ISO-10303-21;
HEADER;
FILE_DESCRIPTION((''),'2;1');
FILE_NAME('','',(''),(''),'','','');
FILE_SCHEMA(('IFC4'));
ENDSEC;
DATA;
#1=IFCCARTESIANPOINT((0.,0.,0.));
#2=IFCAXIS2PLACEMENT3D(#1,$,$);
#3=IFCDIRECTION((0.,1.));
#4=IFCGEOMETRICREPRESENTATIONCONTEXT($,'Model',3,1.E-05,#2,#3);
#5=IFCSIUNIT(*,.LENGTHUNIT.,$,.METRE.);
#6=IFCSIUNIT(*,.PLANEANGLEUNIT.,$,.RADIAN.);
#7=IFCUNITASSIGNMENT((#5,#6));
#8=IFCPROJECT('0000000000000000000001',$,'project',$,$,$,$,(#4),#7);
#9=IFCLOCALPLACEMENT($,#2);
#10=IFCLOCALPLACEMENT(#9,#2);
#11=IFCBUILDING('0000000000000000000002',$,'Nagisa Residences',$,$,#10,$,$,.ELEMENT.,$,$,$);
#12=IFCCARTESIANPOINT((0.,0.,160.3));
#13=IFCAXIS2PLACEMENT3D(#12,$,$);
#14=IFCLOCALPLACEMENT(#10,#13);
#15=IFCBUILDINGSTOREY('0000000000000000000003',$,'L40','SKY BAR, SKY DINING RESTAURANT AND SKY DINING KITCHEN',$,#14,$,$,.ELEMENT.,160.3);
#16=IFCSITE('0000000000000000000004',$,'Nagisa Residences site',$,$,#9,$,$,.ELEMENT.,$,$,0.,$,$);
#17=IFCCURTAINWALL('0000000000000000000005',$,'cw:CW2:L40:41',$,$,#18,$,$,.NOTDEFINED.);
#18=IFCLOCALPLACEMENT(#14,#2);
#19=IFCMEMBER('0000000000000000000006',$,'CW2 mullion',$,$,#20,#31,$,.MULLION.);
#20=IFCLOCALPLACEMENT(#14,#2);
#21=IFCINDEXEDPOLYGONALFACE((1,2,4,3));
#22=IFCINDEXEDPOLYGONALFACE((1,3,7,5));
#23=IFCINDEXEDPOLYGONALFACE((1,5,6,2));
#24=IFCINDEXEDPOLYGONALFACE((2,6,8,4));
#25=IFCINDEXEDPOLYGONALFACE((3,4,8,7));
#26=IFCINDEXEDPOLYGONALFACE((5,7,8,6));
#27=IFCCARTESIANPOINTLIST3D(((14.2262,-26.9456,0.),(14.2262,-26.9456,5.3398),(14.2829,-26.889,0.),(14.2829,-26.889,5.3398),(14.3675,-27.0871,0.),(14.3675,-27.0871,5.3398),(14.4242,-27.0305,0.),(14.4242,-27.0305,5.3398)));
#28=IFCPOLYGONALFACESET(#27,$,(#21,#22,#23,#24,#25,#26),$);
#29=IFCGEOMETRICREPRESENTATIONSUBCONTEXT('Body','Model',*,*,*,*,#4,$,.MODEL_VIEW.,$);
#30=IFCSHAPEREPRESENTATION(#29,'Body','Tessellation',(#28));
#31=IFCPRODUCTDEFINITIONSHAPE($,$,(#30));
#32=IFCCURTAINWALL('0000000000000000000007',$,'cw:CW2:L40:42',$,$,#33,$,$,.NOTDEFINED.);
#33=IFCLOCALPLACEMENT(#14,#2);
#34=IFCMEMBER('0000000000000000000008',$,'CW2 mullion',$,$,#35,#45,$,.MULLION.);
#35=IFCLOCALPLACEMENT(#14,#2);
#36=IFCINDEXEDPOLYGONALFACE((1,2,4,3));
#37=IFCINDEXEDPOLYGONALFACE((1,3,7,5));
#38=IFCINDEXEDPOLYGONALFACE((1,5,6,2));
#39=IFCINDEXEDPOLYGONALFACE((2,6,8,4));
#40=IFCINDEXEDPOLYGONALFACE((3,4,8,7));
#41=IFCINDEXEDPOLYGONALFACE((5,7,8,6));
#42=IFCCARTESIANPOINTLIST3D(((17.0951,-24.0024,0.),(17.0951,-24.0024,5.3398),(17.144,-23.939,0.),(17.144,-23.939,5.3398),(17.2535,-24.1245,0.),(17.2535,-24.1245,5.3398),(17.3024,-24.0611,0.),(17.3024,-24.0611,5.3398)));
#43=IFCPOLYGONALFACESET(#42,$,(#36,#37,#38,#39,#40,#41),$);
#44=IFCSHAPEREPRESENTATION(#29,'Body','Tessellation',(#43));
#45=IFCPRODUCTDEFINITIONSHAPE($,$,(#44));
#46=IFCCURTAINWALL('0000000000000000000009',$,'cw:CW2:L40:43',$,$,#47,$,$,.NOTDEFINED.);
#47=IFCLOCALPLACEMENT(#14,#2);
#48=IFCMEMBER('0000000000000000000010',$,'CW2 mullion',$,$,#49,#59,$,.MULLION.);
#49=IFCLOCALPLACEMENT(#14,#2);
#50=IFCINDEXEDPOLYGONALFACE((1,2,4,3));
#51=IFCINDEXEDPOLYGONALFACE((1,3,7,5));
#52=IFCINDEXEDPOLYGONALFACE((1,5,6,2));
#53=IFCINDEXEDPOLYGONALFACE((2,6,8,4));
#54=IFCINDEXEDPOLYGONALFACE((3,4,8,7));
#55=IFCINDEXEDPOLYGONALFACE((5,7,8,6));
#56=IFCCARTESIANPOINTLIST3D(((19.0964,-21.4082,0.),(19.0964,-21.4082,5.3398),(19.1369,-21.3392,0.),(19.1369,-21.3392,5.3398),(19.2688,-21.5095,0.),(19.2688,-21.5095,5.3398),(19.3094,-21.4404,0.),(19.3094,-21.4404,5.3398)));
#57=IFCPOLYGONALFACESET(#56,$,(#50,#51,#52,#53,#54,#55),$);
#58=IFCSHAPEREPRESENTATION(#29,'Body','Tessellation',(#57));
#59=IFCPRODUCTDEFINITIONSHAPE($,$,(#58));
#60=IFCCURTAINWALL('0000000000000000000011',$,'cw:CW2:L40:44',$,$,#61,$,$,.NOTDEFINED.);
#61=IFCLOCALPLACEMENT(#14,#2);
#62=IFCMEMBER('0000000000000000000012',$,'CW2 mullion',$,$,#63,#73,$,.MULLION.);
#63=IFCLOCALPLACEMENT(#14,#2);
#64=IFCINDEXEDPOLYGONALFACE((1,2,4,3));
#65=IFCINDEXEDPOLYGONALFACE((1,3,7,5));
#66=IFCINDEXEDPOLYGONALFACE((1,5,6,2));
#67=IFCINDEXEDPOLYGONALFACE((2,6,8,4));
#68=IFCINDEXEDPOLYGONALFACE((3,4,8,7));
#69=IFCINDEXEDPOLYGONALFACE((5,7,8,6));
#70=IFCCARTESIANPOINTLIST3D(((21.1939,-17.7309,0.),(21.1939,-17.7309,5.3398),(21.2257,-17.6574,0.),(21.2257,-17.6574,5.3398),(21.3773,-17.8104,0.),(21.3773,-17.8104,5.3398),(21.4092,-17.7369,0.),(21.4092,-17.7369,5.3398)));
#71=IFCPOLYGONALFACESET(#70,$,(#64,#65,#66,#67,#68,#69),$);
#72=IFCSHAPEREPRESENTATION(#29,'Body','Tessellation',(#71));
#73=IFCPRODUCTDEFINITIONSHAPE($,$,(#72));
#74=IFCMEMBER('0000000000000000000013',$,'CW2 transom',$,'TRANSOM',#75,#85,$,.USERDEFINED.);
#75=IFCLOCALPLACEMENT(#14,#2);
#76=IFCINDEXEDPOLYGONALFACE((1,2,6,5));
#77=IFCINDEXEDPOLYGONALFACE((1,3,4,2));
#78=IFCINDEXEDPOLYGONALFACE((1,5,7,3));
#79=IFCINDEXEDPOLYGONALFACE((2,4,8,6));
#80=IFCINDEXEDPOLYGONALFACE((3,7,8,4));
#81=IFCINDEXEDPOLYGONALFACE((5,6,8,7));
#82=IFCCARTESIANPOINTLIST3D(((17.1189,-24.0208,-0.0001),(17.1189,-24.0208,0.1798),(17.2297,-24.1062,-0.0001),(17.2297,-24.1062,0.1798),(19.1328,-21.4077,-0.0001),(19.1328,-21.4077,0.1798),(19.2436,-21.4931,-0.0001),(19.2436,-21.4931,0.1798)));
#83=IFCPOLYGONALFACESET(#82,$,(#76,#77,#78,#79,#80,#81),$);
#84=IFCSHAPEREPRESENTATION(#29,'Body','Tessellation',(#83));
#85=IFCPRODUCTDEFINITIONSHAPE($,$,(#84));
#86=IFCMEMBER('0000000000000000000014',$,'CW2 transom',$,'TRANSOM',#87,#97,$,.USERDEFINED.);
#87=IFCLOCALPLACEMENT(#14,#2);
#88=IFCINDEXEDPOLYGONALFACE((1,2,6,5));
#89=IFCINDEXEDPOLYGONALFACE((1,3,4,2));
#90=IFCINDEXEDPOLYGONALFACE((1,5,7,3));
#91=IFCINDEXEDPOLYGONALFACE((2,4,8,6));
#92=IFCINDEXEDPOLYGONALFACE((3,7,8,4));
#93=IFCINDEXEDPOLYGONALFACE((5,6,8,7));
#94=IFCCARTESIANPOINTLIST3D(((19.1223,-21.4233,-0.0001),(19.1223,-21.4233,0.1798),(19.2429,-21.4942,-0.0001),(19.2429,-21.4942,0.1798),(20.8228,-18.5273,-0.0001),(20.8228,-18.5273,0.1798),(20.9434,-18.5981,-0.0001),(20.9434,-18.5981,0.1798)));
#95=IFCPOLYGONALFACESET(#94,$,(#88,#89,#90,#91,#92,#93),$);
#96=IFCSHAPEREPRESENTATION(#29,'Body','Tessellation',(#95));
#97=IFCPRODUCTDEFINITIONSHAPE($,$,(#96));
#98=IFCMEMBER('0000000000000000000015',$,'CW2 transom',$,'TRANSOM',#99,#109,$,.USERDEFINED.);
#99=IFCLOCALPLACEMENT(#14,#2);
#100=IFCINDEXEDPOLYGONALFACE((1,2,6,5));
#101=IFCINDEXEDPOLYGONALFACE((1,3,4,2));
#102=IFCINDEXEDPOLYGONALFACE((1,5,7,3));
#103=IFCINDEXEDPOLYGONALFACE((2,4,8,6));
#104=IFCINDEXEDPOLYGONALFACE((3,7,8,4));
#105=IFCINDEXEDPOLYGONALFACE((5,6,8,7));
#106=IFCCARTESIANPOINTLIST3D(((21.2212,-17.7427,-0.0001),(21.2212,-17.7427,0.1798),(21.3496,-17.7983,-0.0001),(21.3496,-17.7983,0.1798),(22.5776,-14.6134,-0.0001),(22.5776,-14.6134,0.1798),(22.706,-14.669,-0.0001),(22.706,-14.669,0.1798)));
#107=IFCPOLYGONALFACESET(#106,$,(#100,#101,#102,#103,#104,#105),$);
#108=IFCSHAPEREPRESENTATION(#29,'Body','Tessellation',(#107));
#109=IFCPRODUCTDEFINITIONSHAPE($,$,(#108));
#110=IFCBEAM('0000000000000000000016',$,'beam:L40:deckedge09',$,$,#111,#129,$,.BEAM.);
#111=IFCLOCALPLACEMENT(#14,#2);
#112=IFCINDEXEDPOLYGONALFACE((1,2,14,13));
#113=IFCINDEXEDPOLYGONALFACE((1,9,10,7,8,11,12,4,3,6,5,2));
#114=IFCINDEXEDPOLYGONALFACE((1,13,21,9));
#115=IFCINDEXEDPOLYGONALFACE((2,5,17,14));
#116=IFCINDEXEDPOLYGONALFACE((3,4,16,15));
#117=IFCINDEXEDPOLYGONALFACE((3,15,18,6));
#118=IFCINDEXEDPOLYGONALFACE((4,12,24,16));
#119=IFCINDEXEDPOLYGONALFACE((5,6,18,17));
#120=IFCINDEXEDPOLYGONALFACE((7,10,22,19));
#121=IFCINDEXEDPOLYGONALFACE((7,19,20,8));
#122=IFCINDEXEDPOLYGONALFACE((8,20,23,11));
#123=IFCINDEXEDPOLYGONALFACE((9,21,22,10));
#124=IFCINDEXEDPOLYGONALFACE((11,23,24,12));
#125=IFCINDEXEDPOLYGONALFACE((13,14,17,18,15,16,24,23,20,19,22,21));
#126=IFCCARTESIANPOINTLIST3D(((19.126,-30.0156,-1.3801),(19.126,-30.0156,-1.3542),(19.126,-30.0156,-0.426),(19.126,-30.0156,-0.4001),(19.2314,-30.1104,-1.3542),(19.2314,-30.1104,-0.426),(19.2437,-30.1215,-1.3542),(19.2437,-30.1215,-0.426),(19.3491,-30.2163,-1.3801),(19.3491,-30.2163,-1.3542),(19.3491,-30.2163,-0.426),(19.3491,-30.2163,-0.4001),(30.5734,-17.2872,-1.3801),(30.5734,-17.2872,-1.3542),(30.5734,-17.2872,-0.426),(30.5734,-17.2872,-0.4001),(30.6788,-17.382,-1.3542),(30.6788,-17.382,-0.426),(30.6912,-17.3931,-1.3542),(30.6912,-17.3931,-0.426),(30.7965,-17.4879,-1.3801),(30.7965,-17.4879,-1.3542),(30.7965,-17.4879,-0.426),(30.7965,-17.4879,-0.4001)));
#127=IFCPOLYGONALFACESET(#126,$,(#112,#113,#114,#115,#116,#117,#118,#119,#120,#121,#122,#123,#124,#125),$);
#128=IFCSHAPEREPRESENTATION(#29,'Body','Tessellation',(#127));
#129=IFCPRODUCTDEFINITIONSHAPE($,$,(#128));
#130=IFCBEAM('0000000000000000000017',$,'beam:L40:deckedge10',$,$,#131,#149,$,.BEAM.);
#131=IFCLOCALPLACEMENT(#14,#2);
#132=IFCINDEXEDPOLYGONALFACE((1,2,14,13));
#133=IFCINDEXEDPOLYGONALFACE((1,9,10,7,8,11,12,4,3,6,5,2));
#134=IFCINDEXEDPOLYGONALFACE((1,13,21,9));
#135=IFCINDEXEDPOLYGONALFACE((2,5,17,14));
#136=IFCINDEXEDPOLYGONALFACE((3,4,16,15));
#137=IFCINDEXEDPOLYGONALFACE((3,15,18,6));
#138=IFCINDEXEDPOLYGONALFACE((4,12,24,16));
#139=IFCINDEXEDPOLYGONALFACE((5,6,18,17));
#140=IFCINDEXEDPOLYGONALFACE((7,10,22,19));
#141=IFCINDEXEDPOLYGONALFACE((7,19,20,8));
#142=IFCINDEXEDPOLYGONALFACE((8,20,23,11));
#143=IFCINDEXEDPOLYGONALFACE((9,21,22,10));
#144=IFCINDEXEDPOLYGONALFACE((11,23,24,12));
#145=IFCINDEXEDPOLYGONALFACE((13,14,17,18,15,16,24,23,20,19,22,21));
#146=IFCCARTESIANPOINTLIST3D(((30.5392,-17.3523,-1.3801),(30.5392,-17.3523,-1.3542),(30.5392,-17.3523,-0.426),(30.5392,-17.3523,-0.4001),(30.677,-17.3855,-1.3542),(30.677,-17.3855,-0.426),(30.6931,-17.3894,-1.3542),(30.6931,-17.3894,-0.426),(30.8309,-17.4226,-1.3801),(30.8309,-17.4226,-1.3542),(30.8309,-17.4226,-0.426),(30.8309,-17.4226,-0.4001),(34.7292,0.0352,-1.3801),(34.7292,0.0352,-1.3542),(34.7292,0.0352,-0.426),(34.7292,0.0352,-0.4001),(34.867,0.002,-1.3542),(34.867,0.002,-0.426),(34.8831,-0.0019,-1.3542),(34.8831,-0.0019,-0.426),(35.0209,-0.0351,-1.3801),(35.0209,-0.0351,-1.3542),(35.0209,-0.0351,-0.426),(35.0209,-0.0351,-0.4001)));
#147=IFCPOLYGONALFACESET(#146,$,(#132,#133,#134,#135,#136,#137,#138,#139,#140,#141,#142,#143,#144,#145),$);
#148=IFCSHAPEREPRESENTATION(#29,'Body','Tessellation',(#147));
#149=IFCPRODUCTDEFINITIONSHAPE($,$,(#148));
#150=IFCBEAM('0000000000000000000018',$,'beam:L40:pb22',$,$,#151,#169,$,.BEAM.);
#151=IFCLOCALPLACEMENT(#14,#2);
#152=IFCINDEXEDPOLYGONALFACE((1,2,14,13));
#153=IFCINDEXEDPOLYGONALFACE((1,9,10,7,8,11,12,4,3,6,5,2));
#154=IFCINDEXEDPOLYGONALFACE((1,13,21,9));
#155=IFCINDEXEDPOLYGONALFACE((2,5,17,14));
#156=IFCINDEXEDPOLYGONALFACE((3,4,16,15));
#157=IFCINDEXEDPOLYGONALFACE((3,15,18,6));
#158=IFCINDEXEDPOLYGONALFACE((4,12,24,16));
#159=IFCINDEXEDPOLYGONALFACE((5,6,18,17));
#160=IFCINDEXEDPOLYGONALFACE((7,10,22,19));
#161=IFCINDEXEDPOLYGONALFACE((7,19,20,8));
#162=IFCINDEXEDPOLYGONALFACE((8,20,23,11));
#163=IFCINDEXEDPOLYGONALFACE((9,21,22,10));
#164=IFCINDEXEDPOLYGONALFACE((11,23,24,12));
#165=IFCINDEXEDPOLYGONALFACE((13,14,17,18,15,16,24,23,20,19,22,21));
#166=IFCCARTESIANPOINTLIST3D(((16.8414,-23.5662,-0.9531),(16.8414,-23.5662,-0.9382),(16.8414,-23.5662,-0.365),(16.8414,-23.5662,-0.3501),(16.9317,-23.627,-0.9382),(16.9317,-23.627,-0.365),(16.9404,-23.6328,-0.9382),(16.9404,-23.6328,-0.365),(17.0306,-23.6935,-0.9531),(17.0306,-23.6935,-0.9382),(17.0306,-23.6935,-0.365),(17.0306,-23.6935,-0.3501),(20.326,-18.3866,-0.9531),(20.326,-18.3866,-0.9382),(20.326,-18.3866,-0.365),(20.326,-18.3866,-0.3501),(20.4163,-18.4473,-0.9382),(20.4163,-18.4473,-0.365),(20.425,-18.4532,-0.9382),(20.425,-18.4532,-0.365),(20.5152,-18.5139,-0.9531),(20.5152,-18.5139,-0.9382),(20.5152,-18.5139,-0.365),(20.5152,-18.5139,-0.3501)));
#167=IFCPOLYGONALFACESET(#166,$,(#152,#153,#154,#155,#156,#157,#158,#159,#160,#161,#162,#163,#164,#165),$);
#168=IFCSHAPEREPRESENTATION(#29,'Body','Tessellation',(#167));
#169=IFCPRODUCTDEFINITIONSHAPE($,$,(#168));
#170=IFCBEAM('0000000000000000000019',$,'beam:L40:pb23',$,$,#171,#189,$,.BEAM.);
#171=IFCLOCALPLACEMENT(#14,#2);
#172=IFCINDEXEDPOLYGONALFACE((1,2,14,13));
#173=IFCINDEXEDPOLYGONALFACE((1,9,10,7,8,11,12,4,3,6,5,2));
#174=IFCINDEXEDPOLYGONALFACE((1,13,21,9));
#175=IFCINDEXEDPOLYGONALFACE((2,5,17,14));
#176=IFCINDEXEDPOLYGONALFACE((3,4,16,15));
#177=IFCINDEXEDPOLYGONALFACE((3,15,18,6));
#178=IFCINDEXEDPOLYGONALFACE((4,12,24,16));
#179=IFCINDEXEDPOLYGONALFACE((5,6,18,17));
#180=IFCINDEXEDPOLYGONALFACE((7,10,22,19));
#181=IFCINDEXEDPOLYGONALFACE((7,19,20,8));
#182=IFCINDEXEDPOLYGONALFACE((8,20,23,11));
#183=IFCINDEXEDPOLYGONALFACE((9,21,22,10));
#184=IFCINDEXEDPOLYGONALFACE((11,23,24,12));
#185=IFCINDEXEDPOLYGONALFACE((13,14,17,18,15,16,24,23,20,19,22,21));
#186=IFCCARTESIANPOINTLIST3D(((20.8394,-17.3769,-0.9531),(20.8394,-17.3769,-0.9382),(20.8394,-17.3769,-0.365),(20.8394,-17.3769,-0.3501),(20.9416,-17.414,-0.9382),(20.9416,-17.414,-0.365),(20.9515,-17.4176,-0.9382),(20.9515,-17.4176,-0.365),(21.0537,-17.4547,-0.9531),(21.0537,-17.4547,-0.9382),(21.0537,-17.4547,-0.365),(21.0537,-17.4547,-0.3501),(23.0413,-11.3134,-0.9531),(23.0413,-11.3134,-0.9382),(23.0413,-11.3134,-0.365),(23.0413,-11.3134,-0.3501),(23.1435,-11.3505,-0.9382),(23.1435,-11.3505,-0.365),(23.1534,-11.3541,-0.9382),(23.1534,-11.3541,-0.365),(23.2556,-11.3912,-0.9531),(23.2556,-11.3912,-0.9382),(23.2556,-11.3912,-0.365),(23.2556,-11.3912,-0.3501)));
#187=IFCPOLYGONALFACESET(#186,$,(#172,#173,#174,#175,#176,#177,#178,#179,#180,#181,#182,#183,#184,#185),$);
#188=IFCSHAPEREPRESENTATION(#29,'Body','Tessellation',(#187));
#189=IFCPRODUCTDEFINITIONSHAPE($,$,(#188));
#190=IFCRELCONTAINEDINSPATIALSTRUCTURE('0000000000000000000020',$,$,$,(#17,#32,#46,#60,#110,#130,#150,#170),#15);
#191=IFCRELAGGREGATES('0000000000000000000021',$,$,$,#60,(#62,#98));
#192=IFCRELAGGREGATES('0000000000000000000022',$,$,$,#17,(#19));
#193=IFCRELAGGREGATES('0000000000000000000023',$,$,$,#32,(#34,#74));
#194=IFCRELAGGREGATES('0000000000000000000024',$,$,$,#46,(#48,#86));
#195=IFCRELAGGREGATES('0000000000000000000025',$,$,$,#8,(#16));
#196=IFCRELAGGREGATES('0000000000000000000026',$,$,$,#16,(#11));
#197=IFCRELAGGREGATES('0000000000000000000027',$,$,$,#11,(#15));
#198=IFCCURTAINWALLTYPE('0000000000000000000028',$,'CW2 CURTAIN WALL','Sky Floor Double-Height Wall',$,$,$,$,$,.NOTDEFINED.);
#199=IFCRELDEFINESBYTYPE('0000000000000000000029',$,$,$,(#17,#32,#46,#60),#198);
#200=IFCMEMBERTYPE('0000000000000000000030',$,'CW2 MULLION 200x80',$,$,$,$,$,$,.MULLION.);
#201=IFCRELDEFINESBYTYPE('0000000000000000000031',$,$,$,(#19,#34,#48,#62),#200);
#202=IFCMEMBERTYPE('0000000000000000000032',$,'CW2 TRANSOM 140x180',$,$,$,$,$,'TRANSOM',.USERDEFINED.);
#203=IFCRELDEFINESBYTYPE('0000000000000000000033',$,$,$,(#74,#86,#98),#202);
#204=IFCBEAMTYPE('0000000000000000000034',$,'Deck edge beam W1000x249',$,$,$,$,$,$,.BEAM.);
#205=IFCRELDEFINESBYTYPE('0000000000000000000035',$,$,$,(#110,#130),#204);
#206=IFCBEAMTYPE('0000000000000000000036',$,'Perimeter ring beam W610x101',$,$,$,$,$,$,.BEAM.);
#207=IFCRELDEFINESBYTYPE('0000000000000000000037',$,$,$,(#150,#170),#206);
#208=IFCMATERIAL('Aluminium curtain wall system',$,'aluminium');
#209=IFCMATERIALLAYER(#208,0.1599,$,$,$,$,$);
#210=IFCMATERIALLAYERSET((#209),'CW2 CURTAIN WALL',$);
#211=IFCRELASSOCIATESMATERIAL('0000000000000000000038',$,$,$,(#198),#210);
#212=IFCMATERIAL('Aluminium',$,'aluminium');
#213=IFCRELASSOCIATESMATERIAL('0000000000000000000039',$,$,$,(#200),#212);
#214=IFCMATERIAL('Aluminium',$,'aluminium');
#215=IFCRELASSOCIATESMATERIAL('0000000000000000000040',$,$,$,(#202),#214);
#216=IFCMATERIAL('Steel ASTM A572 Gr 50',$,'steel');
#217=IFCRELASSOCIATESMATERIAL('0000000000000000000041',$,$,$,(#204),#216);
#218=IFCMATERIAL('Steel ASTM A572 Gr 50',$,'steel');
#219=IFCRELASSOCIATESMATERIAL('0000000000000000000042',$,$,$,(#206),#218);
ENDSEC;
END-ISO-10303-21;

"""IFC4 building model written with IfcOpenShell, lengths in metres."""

from ifc_helpers import new_model, si_unit, direction, frame, origin, origin_2d, place, context, subcontext, project, spatial, rectangle, i_section, extrude, material, layer, layer_set, material_profile, profile_set, type_object, element, aggregate, save


model = new_model("IFC4")

# Units and contexts
model_context = context("Model", 3, precision=1e-05, world=origin(), true_north=direction((0.0, 1.0)))
body_context = subcontext(model_context, "Body", "Model", "MODEL_VIEW")
ifc_project = project(units=[si_unit("LENGTHUNIT", "METRE"), si_unit("PLANEANGLEUNIT", "RADIAN")], contexts=[model_context])

# Site, building, storey
site_placement = place(None, origin())
site = spatial("IfcSite", under=ifc_project, at=site_placement, Name="Nagisa Residences site", CompositionType="ELEMENT", RefElevation=0.0)
building_placement = place(site_placement, origin())
building = spatial("IfcBuilding", under=site, at=building_placement, Name="Nagisa Residences", CompositionType="ELEMENT")
storey_placement = place(building_placement, frame((0.0, 0.0, 160.3)))
storey = spatial("IfcBuildingStorey", under=building, at=storey_placement, Name="L40", Description="SKY BAR, SKY DINING RESTAURANT AND SKY DINING KITCHEN", CompositionType="ELEMENT", Elevation=160.3)

# Curtain walls, members
ifc_material_1 = material(Name="Aluminium curtain wall system", Category="aluminium")
ifc_layer_1 = layer(ifc_material_1, 0.1599)
ifc_layer_set_1 = layer_set([ifc_layer_1], Name="CW2 CURTAIN WALL")
curtain_wall_type = type_object("IfcCurtainWallType", Name="CW2 CURTAIN WALL", Description="Sky Floor Double-Height Wall", PredefinedType="NOTDEFINED", material=ifc_layer_set_1)
curtain_wall_1_placement = place(storey_placement, origin())
curtain_wall_1 = element("IfcCurtainWall", 1, at=curtain_wall_1_placement, inside=storey, type_object=curtain_wall_type, Name="cw:CW2:L40:41", PredefinedType="NOTDEFINED")
ifc_material_2 = material(Name="Aluminium", Category="aluminium")
ifc_material_profile_1 = material_profile(ifc_material_2, rectangle(XDim=0.2, YDim=0.0801, at=origin_2d()), Name="CW2 MULLION 200x80")
ifc_profile_set_1 = profile_set([ifc_material_profile_1], Name="Aluminium")
member_type_1 = type_object("IfcMemberType", Name="CW2 MULLION 200x80", PredefinedType="MULLION", material=ifc_profile_set_1)
member_1_placement = place(storey_placement, frame((14.3252, -26.988, 0.0), z_axis=(0.0, 0.0, 1.0), x_axis=(-0.706377, 0.707836, 0.0)))
member_1 = element("IfcMember", 2, at=member_1_placement, type_object=member_type_1, Name="CW2 mullion", PredefinedType="MULLION", context=body_context, shape_type="SweptSolid", body=[
    extrude(rectangle(XDim=0.2, YDim=0.0801, at=origin_2d()), origin(), (0.0, 0.0, 1.0), 5.3398),
])
curtain_wall_2_placement = place(storey_placement, origin())
curtain_wall_2 = element("IfcCurtainWall", 3, at=curtain_wall_2_placement, inside=storey, type_object=curtain_wall_type, Name="cw:CW2:L40:42", PredefinedType="NOTDEFINED")
member_2_placement = place(storey_placement, frame((17.1987, -24.0317, 0.0), z_axis=(0.0, 0.0, 1.0), x_axis=(-0.79207, 0.61043, 0.0)))
member_2 = element("IfcMember", 4, at=member_2_placement, type_object=member_type_1, Name="CW2 mullion", PredefinedType="MULLION", context=body_context, shape_type="SweptSolid", body=[
    extrude(rectangle(XDim=0.2, YDim=0.0801, at=origin_2d()), origin(), (0.0, 0.0, 1.0), 5.3398),
])
curtain_wall_3_placement = place(storey_placement, origin())
curtain_wall_3 = element("IfcCurtainWall", 5, at=curtain_wall_3_placement, inside=storey, type_object=curtain_wall_type, Name="cw:CW2:L40:43", PredefinedType="NOTDEFINED")
member_3_placement = place(storey_placement, frame((19.2029, -21.4243, 0.0), z_axis=(0.0, 0.0, 1.0), x_axis=(-0.862329, 0.506349, 0.0)))
member_3 = element("IfcMember", 6, at=member_3_placement, type_object=member_type_1, Name="CW2 mullion", PredefinedType="MULLION", context=body_context, shape_type="SweptSolid", body=[
    extrude(rectangle(XDim=0.2, YDim=0.0801, at=origin_2d()), origin(), (0.0, 0.0, 1.0), 5.3398),
])
curtain_wall_4_placement = place(storey_placement, origin())
curtain_wall_4 = element("IfcCurtainWall", 7, at=curtain_wall_4_placement, inside=storey, type_object=curtain_wall_type, Name="cw:CW2:L40:44", PredefinedType="NOTDEFINED")
member_4_placement = place(storey_placement, frame((21.3015, -17.7339, 0.0), z_axis=(0.0, 0.0, 1.0), x_axis=(-0.917543, 0.397636, 0.0)))
member_4 = element("IfcMember", 8, at=member_4_placement, type_object=member_type_1, Name="CW2 mullion", PredefinedType="MULLION", context=body_context, shape_type="SweptSolid", body=[
    extrude(rectangle(XDim=0.2, YDim=0.0801, at=origin_2d()), origin(), (0.0, 0.0, 1.0), 5.3398),
])

# Members
ifc_material_3 = material(Name="Aluminium", Category="aluminium")
ifc_material_profile_2 = material_profile(ifc_material_3, rectangle(XDim=0.1399, YDim=0.1799, at=origin_2d()), Name="CW2 TRANSOM 140x180")
ifc_profile_set_2 = profile_set([ifc_material_profile_2], Name="Aluminium")
member_type_2 = type_object("IfcMemberType", Name="CW2 TRANSOM 140x180", ElementType="TRANSOM", PredefinedType="USERDEFINED", material=ifc_profile_set_2)
member_5_placement = place(storey_placement, frame((17.1743, -24.0635, 0.0898), z_axis=(0.610451, 0.792054, 0.0), x_axis=(-0.792054, 0.610451, 0.0)))
member_5 = element("IfcMember", 9, at=member_5_placement, type_object=member_type_2, Name="CW2 transom", ObjectType="TRANSOM", PredefinedType="USERDEFINED", context=body_context, shape_type="SweptSolid", body=[
    extrude(rectangle(XDim=0.1399, YDim=0.1799, at=origin_2d()), origin(), (0.0, 0.0, 1.0), 3.2991),
])
member_6_placement = place(storey_placement, frame((19.1826, -21.4587, 0.0898), z_axis=(0.506337, 0.862336, 0.0), x_axis=(-0.862336, 0.506337, 0.0)))
member_6 = element("IfcMember", 10, at=member_6_placement, type_object=member_type_2, Name="CW2 transom", ObjectType="TRANSOM", PredefinedType="USERDEFINED", context=body_context, shape_type="SweptSolid", body=[
    extrude(rectangle(XDim=0.1399, YDim=0.1799, at=origin_2d()), origin(), (0.0, 0.0, 1.0), 3.3584),
])
member_7_placement = place(storey_placement, frame((21.2854, -17.7705, 0.0898), z_axis=(0.3977, 0.917516, 0.0), x_axis=(-0.917516, 0.3977, 0.0)))
member_7 = element("IfcMember", 11, at=member_7_placement, type_object=member_type_2, Name="CW2 transom", ObjectType="TRANSOM", PredefinedType="USERDEFINED", context=body_context, shape_type="SweptSolid", body=[
    extrude(rectangle(XDim=0.1399, YDim=0.1799, at=origin_2d()), origin(), (0.0, 0.0, 1.0), 3.4106),
])
aggregate(curtain_wall_4, [member_4, member_7])

# Beams
ifc_material_4 = material(Name="Steel ASTM A572 Gr 50", Category="steel")
ifc_material_profile_3 = material_profile(ifc_material_4, i_section(OverallWidth=0.3, OverallDepth=0.98, WebThickness=0.0166, FlangeThickness=0.0259, at=origin_2d()), Name="W1000x249")
ifc_profile_set_3 = profile_set([ifc_material_profile_3], Name="Steel ASTM A572 Gr 50")
beam_type_1 = type_object("IfcBeamType", Name="Deck edge beam W1000x249", PredefinedType="BEAM", material=ifc_profile_set_3)
beam_1_placement = place(storey_placement, frame((19.2375, -30.116, -0.8901), z_axis=(0.668702, 0.743531, 0.0), x_axis=(-0.743531, 0.668702, 0.0)))
element("IfcBeam", 12, at=beam_1_placement, inside=storey, type_object=beam_type_1, Name="beam:L40:deckedge09", PredefinedType="BEAM", context=body_context, shape_type="SweptSolid", body=[
    extrude(i_section(OverallWidth=0.3, OverallDepth=0.98, WebThickness=0.0166, FlangeThickness=0.0259, at=origin_2d()), origin(), (0.0, 0.0, 1.0), 17.1189),
])
beam_2_placement = place(storey_placement, frame((30.6851, -17.3875, -0.8901), z_axis=(0.234269, 0.972172, 0.0), x_axis=(-0.972172, 0.234269, 0.0)))
element("IfcBeam", 13, at=beam_2_placement, inside=storey, type_object=beam_type_1, Name="beam:L40:deckedge10", PredefinedType="BEAM", context=body_context, shape_type="SweptSolid", body=[
    extrude(i_section(OverallWidth=0.3, OverallDepth=0.98, WebThickness=0.0166, FlangeThickness=0.0259, at=origin_2d()), origin(), (0.0, 0.0, 1.0), 17.8853),
])
ifc_material_5 = material(Name="Steel ASTM A572 Gr 50", Category="steel")
ifc_material_profile_4 = material_profile(ifc_material_5, i_section(OverallWidth=0.228, OverallDepth=0.603, WebThickness=0.0105, FlangeThickness=0.0149, at=origin_2d()), Name="W610x101")
ifc_profile_set_4 = profile_set([ifc_material_profile_4], Name="Steel ASTM A572 Gr 50")
beam_type_2 = type_object("IfcBeamType", Name="Perimeter ring beam W610x101", PredefinedType="BEAM", material=ifc_profile_set_4)
beam_3_placement = place(storey_placement, frame((16.936, -23.6299, -0.6516), z_axis=(0.558188, 0.829715, 0.0), x_axis=(-0.829715, 0.558188, 0.0)))
element("IfcBeam", 14, at=beam_3_placement, inside=storey, type_object=beam_type_2, Name="beam:L40:pb22", PredefinedType="BEAM", context=body_context, shape_type="SweptSolid", body=[
    extrude(i_section(OverallWidth=0.228, OverallDepth=0.603, WebThickness=0.0105, FlangeThickness=0.0149, at=origin_2d()), origin(), (0.0, 0.0, 1.0), 6.2427),
])
beam_4_placement = place(storey_placement, frame((20.9465, -17.4158, -0.6516), z_axis=(0.341333, 0.939943, 0.0), x_axis=(-0.939943, 0.341333, 0.0)))
element("IfcBeam", 15, at=beam_4_placement, inside=storey, type_object=beam_type_2, Name="beam:L40:pb23", PredefinedType="BEAM", context=body_context, shape_type="SweptSolid", body=[
    extrude(i_section(OverallWidth=0.228, OverallDepth=0.603, WebThickness=0.0105, FlangeThickness=0.0149, at=origin_2d()), origin(), (0.0, 0.0, 1.0), 6.4509),
])

aggregate(curtain_wall_1, [member_1])
aggregate(curtain_wall_2, [member_2, member_5])
aggregate(curtain_wall_3, [member_3, member_6])

save(model, "model.ifc")
